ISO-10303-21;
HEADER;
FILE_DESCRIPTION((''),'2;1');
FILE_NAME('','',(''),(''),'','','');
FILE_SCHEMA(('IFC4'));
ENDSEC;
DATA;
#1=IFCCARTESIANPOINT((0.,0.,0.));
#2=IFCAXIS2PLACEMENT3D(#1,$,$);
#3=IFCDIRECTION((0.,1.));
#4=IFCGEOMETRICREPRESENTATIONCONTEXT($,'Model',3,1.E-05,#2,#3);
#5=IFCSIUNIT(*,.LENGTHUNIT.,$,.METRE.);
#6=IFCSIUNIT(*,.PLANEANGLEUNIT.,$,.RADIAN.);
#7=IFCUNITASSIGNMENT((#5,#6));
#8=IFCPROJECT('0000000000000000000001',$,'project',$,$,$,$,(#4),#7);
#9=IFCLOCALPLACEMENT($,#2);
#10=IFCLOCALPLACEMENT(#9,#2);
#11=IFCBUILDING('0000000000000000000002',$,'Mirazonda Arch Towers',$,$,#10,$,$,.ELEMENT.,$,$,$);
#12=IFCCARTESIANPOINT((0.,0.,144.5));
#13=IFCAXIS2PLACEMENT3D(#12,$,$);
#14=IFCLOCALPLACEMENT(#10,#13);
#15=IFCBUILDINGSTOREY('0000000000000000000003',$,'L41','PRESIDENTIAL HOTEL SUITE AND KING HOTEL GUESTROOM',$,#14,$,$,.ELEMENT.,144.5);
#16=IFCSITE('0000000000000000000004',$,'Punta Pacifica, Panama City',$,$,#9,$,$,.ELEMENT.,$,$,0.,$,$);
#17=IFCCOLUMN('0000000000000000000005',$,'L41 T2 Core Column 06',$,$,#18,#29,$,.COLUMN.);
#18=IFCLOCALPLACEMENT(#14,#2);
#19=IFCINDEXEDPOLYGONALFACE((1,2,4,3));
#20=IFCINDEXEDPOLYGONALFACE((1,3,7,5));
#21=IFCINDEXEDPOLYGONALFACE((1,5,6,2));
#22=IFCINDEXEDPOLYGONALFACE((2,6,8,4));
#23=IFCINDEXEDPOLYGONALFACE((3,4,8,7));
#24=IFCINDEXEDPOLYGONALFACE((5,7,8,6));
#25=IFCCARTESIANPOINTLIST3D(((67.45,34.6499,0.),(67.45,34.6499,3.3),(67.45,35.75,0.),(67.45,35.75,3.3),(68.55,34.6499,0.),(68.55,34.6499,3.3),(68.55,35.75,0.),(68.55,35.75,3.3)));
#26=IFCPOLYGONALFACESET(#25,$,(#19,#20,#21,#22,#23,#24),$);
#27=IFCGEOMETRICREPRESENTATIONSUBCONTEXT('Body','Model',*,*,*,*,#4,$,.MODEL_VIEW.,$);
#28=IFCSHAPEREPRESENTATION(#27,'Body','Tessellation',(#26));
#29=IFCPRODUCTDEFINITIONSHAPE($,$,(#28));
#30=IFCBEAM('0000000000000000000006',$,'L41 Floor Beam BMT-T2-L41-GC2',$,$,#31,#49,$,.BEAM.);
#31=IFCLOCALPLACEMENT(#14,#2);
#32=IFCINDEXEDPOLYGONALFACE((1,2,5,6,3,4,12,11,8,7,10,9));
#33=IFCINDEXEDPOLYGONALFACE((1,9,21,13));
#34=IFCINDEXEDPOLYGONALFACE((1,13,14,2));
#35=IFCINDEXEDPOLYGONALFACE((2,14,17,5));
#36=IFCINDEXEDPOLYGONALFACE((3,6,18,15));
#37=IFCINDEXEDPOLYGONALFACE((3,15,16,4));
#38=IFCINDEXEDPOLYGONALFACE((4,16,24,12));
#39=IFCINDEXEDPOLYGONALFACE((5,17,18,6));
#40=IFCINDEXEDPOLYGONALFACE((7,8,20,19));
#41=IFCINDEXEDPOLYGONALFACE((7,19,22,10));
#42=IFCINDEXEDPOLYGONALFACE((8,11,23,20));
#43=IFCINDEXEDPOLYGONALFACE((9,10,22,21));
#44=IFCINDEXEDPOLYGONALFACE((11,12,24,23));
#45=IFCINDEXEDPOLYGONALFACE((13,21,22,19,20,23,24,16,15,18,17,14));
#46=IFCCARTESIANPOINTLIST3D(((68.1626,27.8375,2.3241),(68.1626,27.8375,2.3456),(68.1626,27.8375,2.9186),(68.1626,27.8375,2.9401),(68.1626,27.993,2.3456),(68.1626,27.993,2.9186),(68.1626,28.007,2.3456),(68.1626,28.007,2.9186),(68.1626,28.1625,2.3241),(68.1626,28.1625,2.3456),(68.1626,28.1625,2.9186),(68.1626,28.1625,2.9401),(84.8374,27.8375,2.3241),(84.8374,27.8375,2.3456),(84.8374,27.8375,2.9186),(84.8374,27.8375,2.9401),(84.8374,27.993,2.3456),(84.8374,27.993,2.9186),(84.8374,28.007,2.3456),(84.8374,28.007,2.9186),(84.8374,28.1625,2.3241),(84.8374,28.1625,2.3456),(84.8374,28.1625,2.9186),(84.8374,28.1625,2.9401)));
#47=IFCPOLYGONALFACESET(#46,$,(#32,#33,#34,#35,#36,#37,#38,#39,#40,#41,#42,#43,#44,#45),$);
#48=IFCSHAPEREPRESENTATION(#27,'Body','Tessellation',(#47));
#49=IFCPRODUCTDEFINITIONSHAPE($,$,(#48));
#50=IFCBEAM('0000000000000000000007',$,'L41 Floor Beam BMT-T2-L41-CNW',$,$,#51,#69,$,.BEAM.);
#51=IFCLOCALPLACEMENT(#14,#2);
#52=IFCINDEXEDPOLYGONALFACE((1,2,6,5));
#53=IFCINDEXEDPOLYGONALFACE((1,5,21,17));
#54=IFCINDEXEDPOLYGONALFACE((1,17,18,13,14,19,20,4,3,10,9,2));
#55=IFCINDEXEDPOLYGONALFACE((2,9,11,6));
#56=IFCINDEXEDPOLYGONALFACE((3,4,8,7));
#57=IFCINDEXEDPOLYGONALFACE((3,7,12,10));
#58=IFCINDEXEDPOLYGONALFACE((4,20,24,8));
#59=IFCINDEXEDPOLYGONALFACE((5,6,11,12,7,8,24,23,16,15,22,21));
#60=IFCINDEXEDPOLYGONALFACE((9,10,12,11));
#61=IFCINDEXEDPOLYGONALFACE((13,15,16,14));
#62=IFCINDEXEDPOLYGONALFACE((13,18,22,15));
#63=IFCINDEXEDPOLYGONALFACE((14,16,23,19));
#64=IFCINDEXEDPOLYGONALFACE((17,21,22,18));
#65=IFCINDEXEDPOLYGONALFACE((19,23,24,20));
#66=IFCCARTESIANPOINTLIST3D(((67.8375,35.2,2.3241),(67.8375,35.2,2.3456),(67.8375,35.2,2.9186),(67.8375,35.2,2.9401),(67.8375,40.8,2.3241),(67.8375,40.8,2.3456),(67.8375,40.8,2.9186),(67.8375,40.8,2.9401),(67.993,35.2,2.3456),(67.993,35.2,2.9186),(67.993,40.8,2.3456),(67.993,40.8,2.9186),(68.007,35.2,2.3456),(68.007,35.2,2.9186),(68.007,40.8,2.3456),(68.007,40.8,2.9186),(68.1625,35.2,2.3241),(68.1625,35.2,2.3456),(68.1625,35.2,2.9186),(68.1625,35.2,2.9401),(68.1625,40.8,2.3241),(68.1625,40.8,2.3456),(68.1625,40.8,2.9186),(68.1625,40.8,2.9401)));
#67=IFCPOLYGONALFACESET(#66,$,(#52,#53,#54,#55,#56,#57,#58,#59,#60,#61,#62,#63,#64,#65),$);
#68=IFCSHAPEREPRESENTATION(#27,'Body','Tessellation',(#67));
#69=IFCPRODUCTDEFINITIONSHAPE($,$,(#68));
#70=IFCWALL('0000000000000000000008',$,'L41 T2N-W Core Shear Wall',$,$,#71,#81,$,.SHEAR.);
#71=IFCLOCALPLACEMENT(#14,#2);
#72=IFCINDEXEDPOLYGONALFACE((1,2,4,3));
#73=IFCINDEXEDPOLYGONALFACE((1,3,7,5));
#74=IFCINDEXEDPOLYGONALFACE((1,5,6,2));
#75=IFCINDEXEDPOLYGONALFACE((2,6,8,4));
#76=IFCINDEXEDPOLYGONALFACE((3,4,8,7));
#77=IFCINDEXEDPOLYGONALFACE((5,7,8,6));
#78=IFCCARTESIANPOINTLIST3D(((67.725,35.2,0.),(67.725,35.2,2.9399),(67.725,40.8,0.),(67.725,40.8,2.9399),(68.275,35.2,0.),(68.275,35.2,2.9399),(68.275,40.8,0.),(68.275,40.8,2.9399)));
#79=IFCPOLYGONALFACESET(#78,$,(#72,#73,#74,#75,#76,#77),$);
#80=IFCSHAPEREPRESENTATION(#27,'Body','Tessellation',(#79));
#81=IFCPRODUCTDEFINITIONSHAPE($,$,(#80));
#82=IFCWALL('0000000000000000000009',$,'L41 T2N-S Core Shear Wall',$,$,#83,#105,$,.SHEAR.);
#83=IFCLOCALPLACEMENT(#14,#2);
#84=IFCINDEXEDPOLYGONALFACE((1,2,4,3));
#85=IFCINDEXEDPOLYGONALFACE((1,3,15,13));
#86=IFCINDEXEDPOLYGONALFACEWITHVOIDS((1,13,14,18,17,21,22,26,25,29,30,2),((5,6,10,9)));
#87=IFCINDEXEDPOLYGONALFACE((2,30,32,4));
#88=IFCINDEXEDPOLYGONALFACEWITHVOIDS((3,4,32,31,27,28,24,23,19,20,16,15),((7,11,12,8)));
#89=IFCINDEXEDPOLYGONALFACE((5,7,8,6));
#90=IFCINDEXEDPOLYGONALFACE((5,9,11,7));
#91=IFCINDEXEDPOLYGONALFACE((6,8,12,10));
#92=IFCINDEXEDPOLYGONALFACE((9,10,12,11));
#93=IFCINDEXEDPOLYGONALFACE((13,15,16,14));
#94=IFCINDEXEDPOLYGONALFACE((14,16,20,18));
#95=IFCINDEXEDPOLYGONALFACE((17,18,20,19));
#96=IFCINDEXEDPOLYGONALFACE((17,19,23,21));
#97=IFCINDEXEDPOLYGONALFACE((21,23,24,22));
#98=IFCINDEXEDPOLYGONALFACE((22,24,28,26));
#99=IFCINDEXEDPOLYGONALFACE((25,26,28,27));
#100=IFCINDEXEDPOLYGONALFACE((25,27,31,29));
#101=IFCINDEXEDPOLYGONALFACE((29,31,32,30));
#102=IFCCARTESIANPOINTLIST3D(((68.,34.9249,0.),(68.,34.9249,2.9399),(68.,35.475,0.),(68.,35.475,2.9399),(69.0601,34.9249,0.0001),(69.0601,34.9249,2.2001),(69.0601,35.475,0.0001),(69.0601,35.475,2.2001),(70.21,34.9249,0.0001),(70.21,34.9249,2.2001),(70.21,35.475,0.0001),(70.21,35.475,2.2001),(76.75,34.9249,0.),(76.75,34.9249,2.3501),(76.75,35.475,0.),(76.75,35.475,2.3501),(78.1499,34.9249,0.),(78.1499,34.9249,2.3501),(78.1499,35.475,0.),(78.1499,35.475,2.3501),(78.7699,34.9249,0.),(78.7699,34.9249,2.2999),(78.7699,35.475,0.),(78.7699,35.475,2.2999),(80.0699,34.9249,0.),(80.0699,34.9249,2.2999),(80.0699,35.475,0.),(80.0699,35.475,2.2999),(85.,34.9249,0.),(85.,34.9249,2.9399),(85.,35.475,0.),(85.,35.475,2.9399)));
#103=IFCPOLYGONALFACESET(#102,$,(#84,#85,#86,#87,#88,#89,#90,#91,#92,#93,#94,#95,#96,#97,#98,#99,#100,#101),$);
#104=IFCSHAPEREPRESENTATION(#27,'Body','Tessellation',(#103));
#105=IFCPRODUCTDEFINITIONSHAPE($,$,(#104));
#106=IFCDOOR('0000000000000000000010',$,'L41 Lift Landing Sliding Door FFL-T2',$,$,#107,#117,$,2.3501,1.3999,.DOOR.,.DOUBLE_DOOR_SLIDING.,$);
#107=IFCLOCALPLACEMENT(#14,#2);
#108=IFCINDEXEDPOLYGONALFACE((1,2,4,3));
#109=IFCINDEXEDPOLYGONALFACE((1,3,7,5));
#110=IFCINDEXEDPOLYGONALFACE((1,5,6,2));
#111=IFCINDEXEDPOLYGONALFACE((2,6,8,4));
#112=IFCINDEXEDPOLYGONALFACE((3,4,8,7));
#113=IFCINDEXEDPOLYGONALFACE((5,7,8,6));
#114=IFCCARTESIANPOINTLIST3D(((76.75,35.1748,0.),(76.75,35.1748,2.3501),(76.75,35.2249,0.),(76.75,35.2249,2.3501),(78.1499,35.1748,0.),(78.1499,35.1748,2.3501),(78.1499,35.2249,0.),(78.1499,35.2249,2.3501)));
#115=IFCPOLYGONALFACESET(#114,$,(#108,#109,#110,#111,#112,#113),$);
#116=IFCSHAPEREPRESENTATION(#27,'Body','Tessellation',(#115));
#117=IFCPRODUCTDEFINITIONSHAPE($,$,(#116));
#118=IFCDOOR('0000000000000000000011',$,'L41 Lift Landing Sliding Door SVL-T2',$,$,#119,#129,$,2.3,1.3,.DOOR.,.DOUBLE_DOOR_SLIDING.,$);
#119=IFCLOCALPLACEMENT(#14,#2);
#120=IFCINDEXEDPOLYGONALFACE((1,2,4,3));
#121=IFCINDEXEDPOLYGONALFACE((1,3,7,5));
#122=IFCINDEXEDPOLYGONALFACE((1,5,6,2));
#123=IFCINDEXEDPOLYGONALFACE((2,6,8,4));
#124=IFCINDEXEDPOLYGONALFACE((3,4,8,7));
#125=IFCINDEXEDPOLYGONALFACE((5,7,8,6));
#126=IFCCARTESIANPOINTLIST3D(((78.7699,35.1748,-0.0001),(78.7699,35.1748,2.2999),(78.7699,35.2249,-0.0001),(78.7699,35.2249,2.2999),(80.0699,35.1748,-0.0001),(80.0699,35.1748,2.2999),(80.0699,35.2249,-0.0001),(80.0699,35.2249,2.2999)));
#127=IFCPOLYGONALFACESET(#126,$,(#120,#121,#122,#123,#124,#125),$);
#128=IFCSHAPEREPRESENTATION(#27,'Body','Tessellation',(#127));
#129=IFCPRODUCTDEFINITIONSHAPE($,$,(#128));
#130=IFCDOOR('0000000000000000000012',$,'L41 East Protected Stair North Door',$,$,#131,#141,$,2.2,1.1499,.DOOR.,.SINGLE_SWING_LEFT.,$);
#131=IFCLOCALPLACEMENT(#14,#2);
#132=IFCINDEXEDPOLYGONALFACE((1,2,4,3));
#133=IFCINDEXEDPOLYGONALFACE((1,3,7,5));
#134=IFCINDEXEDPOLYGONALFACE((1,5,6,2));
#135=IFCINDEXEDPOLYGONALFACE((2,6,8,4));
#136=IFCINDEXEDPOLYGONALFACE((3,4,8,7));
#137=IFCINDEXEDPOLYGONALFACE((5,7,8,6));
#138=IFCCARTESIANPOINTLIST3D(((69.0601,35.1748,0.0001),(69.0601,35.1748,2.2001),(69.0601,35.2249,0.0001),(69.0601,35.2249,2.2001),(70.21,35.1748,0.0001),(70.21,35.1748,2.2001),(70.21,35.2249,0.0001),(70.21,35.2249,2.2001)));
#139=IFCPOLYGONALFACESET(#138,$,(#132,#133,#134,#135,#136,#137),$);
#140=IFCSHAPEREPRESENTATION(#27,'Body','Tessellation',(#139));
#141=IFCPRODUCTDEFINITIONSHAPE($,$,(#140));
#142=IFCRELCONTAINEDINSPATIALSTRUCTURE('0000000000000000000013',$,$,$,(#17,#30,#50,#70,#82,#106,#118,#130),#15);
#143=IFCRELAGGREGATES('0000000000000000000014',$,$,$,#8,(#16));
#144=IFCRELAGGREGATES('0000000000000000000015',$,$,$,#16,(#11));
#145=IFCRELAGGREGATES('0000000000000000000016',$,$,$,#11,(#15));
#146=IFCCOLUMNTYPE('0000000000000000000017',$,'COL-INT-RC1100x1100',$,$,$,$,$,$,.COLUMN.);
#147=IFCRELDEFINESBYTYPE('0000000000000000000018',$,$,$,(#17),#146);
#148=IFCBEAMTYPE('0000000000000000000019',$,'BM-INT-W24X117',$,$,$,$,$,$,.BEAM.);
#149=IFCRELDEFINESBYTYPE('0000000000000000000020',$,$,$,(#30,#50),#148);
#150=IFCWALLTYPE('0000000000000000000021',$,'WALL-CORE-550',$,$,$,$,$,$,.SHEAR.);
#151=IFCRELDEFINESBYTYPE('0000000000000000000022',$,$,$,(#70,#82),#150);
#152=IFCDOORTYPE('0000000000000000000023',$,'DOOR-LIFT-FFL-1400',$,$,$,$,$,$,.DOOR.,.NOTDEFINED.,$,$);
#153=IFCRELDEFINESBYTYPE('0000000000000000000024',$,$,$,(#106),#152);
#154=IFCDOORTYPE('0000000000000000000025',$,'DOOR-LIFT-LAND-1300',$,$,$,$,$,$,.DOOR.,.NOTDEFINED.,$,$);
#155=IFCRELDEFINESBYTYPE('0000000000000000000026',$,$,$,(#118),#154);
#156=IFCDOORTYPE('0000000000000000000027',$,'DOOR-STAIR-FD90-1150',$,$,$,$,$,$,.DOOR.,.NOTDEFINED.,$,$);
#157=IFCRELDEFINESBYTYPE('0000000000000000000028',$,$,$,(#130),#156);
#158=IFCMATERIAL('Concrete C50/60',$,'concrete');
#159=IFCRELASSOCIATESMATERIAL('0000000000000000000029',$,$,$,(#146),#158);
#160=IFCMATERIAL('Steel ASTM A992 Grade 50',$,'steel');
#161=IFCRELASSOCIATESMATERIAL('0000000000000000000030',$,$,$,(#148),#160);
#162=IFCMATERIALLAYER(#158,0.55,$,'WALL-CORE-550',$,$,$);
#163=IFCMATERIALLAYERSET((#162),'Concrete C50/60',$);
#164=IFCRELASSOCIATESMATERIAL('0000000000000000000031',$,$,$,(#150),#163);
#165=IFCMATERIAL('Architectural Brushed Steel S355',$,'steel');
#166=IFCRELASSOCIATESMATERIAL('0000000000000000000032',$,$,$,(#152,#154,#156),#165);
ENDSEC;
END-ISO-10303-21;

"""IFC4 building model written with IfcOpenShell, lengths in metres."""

from ifc_helpers import new_model, si_unit, direction, frame, frame_2d, origin, origin_2d, place, context, subcontext, project, spatial, rectangle, i_section, extrude, material, layer, layer_set, material_profile, profile_set, type_object, element, fill, save


model = new_model("IFC4")

# Units and contexts
model_context = context("Model", 3, precision=1e-05, world=origin(), true_north=direction((0.0, 1.0)))
body_context = subcontext(model_context, "Body", "Model", "MODEL_VIEW")
ifc_project = project(units=[si_unit("LENGTHUNIT", "METRE"), si_unit("PLANEANGLEUNIT", "RADIAN")], contexts=[model_context])

# Site, building, storey
site_placement = place(None, origin())
site = spatial("IfcSite", under=ifc_project, at=site_placement, Name="Punta Pacifica, Panama City", CompositionType="ELEMENT", RefElevation=0.0)
building_placement = place(site_placement, origin())
building = spatial("IfcBuilding", under=site, at=building_placement, Name="Mirazonda Arch Towers", CompositionType="ELEMENT")
storey_placement = place(building_placement, frame((0.0, 0.0, 144.5)))
storey = spatial("IfcBuildingStorey", under=building, at=storey_placement, Name="L41", Description="PRESIDENTIAL HOTEL SUITE AND KING HOTEL GUESTROOM", CompositionType="ELEMENT", Elevation=144.5)

# Column
ifc_material_1 = material(Name="Concrete C50/60", Category="concrete")
ifc_material_profile_1 = material_profile(ifc_material_1, rectangle(XDim=1.1001, YDim=1.1001, at=origin_2d()), Name="RC1100x1100")
ifc_profile_set_1 = profile_set([ifc_material_profile_1], Name="Concrete C50/60")
column_type = type_object("IfcColumnType", Name="COL-INT-RC1100x1100", PredefinedType="COLUMN", material=ifc_profile_set_1)
column_placement = place(storey_placement, frame((68.0, 35.2, 0.0), z_axis=(0.0, 0.0, 1.0), x_axis=(1.0, 0.0, 0.0)))
element("IfcColumn", 1, at=column_placement, inside=storey, type_object=column_type, Name="L41 T2 Core Column 06", PredefinedType="COLUMN", context=body_context, shape_type="SweptSolid", body=[
    extrude(rectangle(XDim=1.1001, YDim=1.1001, at=origin_2d()), origin(), (0.0, 0.0, 1.0), 3.3),
])

# Beams
ifc_material_2 = material(Name="Steel ASTM A992 Grade 50", Category="steel")
ifc_material_profile_2 = material_profile(ifc_material_2, i_section(OverallWidth=0.325, OverallDepth=0.616, WebThickness=0.0139, FlangeThickness=0.0215, at=origin_2d()), Name="W24X117")
ifc_profile_set_2 = profile_set([ifc_material_profile_2], Name="Steel ASTM A992 Grade 50")
beam_type = type_object("IfcBeamType", Name="BM-INT-W24X117", PredefinedType="BEAM", material=ifc_profile_set_2)
beam_1_placement = place(storey_placement, frame((68.1626, 28.0, 2.6321), z_axis=(1.0, 0.0, 0.0), x_axis=(0.0, 1.0, 0.0)))
element("IfcBeam", 2, at=beam_1_placement, inside=storey, type_object=beam_type, Name="L41 Floor Beam BMT-T2-L41-GC2", PredefinedType="BEAM", context=body_context, shape_type="SweptSolid", body=[
    extrude(i_section(OverallWidth=0.325, OverallDepth=0.616, WebThickness=0.0139, FlangeThickness=0.0215, at=origin_2d()), origin(), (0.0, 0.0, 1.0), 16.6748),
])
beam_2_placement = place(storey_placement, frame((68.0, 35.2, 2.6321), z_axis=(0.0, 1.0, 0.0), x_axis=(-1.0, 0.0, 0.0)))
element("IfcBeam", 3, at=beam_2_placement, inside=storey, type_object=beam_type, Name="L41 Floor Beam BMT-T2-L41-CNW", PredefinedType="BEAM", context=body_context, shape_type="SweptSolid", body=[
    extrude(i_section(OverallWidth=0.325, OverallDepth=0.616, WebThickness=0.0139, FlangeThickness=0.0215, at=origin_2d()), origin(), (0.0, 0.0, 1.0), 5.6001),
])

# Wall
ifc_layer_1 = layer(ifc_material_1, 0.55, Name="WALL-CORE-550")
ifc_layer_set_1 = layer_set([ifc_layer_1], Name="Concrete C50/60")
wall_type_1 = type_object("IfcWallType", Name="WALL-CORE-550", PredefinedType="SHEAR", material=ifc_layer_set_1)
wall_1_placement = place(storey_placement, frame((68.0, 35.2, 0.0), z_axis=(0.0, 0.0, 1.0), x_axis=(0.0, 1.0, 0.0)))
element("IfcWall", 4, at=wall_1_placement, inside=storey, type_object=wall_type_1, Name="L41 T2N-W Core Shear Wall", PredefinedType="SHEAR", context=body_context, shape_type="SweptSolid", body=[
    extrude(rectangle(XDim=5.6001, YDim=0.55, at=frame_2d((2.8, 0.0))), origin(), (0.0, 0.0, 1.0), 2.9399),
])

# Wall, openings, doors
wall_2_placement = place(storey_placement, frame((68.0, 35.2, 0.0), z_axis=(0.0, 0.0, 1.0), x_axis=(1.0, 0.0, 0.0)))
wall_2 = element("IfcWall", 5, at=wall_2_placement, inside=storey, type_object=wall_type_1, Name="L41 T2N-S Core Shear Wall", PredefinedType="SHEAR", context=body_context, shape_type="SweptSolid", body=[
    extrude(rectangle(XDim=17.0, YDim=0.55, at=frame_2d((8.5, 0.0))), origin(), (0.0, 0.0, 1.0), 2.9399),
])
opening_1_placement = place(wall_2_placement, frame((1.0601, 0.0, 0.0)))
opening_1 = element("IfcOpeningElement", 6, at=opening_1_placement, cuts=wall_2, PredefinedType="OPENING", context=body_context, shape_type="SweptSolid", body=[
    extrude(rectangle(XDim=1.1499, YDim=2.2, at=frame_2d((0.575, 1.1001))), frame((0.0, 0.2849, 0.0), z_axis=(0.0, -1.0, 0.0), x_axis=(1.0, 0.0, 0.0)), (0.0, 0.0, 1.0), 0.5701),
])
opening_2_placement = place(wall_2_placement, frame((8.75, 0.0, 0.0)))
opening_2 = element("IfcOpeningElement", 7, at=opening_2_placement, cuts=wall_2, PredefinedType="OPENING", context=body_context, shape_type="SweptSolid", body=[
    extrude(rectangle(XDim=1.3999, YDim=2.3501, at=frame_2d((0.7, 1.175))), frame((0.0, 0.2849, 0.0), z_axis=(0.0, -1.0, 0.0), x_axis=(1.0, 0.0, 0.0)), (0.0, 0.0, 1.0), 0.5701),
])
opening_3_placement = place(wall_2_placement, frame((10.77, 0.0, 0.0)))
opening_3 = element("IfcOpeningElement", 8, at=opening_3_placement, cuts=wall_2, PredefinedType="OPENING", context=body_context, shape_type="SweptSolid", body=[
    extrude(rectangle(XDim=1.3, YDim=2.3, at=frame_2d((0.6499, 1.1499))), frame((0.0, 0.2849, 0.0), z_axis=(0.0, -1.0, 0.0), x_axis=(1.0, 0.0, 0.0)), (0.0, 0.0, 1.0), 0.5701),
])
ifc_material_3 = material(Name="Architectural Brushed Steel S355", Category="steel")
door_type_1 = type_object("IfcDoorType", Name="DOOR-LIFT-FFL-1400", OperationType="NOTDEFINED", PredefinedType="DOOR", material=ifc_material_3)
door_1_placement = place(opening_2_placement, origin())
door_1 = element("IfcDoor", 9, at=door_1_placement, inside=storey, type_object=door_type_1, Name="L41 Lift Landing Sliding Door FFL-T2", OperationType="DOUBLE_DOOR_SLIDING", OverallHeight=2.3501, OverallWidth=1.3999, PredefinedType="DOOR", context=body_context, shape_type="SweptSolid", body=[
    extrude(rectangle(XDim=1.3999, YDim=2.3501, at=frame_2d((0.7, 1.175))), frame((0.0, 0.0249, 0.0), z_axis=(0.0, -1.0, 0.0), x_axis=(1.0, 0.0, 0.0)), (0.0, 0.0, 1.0), 0.05),
])
fill(opening_2, door_1)
door_type_2 = type_object("IfcDoorType", Name="DOOR-LIFT-LAND-1300", OperationType="NOTDEFINED", PredefinedType="DOOR", material=ifc_material_3)
door_2_placement = place(opening_3_placement, origin())
door_2 = element("IfcDoor", 10, at=door_2_placement, inside=storey, type_object=door_type_2, Name="L41 Lift Landing Sliding Door SVL-T2", OperationType="DOUBLE_DOOR_SLIDING", OverallHeight=2.3, OverallWidth=1.3, PredefinedType="DOOR", context=body_context, shape_type="SweptSolid", body=[
    extrude(rectangle(XDim=1.3, YDim=2.3, at=frame_2d((0.6499, 1.1499))), frame((0.0, 0.0249, 0.0), z_axis=(0.0, -1.0, 0.0), x_axis=(1.0, 0.0, 0.0)), (0.0, 0.0, 1.0), 0.05),
])
fill(opening_3, door_2)
door_type_3 = type_object("IfcDoorType", Name="DOOR-STAIR-FD90-1150", OperationType="NOTDEFINED", PredefinedType="DOOR", material=ifc_material_3)
door_3_placement = place(opening_1_placement, origin())
door_3 = element("IfcDoor", 11, at=door_3_placement, inside=storey, type_object=door_type_3, Name="L41 East Protected Stair North Door", OperationType="SINGLE_SWING_LEFT", OverallHeight=2.2, OverallWidth=1.1499, PredefinedType="DOOR", context=body_context, shape_type="SweptSolid", body=[
    extrude(rectangle(XDim=1.1499, YDim=2.2, at=frame_2d((0.575, 1.1001))), frame((0.0, 0.0249, 0.0), z_axis=(0.0, -1.0, 0.0), x_axis=(1.0, 0.0, 0.0)), (0.0, 0.0, 1.0), 0.05),
])
fill(opening_1, door_3)

save(model, "model.ifc")
